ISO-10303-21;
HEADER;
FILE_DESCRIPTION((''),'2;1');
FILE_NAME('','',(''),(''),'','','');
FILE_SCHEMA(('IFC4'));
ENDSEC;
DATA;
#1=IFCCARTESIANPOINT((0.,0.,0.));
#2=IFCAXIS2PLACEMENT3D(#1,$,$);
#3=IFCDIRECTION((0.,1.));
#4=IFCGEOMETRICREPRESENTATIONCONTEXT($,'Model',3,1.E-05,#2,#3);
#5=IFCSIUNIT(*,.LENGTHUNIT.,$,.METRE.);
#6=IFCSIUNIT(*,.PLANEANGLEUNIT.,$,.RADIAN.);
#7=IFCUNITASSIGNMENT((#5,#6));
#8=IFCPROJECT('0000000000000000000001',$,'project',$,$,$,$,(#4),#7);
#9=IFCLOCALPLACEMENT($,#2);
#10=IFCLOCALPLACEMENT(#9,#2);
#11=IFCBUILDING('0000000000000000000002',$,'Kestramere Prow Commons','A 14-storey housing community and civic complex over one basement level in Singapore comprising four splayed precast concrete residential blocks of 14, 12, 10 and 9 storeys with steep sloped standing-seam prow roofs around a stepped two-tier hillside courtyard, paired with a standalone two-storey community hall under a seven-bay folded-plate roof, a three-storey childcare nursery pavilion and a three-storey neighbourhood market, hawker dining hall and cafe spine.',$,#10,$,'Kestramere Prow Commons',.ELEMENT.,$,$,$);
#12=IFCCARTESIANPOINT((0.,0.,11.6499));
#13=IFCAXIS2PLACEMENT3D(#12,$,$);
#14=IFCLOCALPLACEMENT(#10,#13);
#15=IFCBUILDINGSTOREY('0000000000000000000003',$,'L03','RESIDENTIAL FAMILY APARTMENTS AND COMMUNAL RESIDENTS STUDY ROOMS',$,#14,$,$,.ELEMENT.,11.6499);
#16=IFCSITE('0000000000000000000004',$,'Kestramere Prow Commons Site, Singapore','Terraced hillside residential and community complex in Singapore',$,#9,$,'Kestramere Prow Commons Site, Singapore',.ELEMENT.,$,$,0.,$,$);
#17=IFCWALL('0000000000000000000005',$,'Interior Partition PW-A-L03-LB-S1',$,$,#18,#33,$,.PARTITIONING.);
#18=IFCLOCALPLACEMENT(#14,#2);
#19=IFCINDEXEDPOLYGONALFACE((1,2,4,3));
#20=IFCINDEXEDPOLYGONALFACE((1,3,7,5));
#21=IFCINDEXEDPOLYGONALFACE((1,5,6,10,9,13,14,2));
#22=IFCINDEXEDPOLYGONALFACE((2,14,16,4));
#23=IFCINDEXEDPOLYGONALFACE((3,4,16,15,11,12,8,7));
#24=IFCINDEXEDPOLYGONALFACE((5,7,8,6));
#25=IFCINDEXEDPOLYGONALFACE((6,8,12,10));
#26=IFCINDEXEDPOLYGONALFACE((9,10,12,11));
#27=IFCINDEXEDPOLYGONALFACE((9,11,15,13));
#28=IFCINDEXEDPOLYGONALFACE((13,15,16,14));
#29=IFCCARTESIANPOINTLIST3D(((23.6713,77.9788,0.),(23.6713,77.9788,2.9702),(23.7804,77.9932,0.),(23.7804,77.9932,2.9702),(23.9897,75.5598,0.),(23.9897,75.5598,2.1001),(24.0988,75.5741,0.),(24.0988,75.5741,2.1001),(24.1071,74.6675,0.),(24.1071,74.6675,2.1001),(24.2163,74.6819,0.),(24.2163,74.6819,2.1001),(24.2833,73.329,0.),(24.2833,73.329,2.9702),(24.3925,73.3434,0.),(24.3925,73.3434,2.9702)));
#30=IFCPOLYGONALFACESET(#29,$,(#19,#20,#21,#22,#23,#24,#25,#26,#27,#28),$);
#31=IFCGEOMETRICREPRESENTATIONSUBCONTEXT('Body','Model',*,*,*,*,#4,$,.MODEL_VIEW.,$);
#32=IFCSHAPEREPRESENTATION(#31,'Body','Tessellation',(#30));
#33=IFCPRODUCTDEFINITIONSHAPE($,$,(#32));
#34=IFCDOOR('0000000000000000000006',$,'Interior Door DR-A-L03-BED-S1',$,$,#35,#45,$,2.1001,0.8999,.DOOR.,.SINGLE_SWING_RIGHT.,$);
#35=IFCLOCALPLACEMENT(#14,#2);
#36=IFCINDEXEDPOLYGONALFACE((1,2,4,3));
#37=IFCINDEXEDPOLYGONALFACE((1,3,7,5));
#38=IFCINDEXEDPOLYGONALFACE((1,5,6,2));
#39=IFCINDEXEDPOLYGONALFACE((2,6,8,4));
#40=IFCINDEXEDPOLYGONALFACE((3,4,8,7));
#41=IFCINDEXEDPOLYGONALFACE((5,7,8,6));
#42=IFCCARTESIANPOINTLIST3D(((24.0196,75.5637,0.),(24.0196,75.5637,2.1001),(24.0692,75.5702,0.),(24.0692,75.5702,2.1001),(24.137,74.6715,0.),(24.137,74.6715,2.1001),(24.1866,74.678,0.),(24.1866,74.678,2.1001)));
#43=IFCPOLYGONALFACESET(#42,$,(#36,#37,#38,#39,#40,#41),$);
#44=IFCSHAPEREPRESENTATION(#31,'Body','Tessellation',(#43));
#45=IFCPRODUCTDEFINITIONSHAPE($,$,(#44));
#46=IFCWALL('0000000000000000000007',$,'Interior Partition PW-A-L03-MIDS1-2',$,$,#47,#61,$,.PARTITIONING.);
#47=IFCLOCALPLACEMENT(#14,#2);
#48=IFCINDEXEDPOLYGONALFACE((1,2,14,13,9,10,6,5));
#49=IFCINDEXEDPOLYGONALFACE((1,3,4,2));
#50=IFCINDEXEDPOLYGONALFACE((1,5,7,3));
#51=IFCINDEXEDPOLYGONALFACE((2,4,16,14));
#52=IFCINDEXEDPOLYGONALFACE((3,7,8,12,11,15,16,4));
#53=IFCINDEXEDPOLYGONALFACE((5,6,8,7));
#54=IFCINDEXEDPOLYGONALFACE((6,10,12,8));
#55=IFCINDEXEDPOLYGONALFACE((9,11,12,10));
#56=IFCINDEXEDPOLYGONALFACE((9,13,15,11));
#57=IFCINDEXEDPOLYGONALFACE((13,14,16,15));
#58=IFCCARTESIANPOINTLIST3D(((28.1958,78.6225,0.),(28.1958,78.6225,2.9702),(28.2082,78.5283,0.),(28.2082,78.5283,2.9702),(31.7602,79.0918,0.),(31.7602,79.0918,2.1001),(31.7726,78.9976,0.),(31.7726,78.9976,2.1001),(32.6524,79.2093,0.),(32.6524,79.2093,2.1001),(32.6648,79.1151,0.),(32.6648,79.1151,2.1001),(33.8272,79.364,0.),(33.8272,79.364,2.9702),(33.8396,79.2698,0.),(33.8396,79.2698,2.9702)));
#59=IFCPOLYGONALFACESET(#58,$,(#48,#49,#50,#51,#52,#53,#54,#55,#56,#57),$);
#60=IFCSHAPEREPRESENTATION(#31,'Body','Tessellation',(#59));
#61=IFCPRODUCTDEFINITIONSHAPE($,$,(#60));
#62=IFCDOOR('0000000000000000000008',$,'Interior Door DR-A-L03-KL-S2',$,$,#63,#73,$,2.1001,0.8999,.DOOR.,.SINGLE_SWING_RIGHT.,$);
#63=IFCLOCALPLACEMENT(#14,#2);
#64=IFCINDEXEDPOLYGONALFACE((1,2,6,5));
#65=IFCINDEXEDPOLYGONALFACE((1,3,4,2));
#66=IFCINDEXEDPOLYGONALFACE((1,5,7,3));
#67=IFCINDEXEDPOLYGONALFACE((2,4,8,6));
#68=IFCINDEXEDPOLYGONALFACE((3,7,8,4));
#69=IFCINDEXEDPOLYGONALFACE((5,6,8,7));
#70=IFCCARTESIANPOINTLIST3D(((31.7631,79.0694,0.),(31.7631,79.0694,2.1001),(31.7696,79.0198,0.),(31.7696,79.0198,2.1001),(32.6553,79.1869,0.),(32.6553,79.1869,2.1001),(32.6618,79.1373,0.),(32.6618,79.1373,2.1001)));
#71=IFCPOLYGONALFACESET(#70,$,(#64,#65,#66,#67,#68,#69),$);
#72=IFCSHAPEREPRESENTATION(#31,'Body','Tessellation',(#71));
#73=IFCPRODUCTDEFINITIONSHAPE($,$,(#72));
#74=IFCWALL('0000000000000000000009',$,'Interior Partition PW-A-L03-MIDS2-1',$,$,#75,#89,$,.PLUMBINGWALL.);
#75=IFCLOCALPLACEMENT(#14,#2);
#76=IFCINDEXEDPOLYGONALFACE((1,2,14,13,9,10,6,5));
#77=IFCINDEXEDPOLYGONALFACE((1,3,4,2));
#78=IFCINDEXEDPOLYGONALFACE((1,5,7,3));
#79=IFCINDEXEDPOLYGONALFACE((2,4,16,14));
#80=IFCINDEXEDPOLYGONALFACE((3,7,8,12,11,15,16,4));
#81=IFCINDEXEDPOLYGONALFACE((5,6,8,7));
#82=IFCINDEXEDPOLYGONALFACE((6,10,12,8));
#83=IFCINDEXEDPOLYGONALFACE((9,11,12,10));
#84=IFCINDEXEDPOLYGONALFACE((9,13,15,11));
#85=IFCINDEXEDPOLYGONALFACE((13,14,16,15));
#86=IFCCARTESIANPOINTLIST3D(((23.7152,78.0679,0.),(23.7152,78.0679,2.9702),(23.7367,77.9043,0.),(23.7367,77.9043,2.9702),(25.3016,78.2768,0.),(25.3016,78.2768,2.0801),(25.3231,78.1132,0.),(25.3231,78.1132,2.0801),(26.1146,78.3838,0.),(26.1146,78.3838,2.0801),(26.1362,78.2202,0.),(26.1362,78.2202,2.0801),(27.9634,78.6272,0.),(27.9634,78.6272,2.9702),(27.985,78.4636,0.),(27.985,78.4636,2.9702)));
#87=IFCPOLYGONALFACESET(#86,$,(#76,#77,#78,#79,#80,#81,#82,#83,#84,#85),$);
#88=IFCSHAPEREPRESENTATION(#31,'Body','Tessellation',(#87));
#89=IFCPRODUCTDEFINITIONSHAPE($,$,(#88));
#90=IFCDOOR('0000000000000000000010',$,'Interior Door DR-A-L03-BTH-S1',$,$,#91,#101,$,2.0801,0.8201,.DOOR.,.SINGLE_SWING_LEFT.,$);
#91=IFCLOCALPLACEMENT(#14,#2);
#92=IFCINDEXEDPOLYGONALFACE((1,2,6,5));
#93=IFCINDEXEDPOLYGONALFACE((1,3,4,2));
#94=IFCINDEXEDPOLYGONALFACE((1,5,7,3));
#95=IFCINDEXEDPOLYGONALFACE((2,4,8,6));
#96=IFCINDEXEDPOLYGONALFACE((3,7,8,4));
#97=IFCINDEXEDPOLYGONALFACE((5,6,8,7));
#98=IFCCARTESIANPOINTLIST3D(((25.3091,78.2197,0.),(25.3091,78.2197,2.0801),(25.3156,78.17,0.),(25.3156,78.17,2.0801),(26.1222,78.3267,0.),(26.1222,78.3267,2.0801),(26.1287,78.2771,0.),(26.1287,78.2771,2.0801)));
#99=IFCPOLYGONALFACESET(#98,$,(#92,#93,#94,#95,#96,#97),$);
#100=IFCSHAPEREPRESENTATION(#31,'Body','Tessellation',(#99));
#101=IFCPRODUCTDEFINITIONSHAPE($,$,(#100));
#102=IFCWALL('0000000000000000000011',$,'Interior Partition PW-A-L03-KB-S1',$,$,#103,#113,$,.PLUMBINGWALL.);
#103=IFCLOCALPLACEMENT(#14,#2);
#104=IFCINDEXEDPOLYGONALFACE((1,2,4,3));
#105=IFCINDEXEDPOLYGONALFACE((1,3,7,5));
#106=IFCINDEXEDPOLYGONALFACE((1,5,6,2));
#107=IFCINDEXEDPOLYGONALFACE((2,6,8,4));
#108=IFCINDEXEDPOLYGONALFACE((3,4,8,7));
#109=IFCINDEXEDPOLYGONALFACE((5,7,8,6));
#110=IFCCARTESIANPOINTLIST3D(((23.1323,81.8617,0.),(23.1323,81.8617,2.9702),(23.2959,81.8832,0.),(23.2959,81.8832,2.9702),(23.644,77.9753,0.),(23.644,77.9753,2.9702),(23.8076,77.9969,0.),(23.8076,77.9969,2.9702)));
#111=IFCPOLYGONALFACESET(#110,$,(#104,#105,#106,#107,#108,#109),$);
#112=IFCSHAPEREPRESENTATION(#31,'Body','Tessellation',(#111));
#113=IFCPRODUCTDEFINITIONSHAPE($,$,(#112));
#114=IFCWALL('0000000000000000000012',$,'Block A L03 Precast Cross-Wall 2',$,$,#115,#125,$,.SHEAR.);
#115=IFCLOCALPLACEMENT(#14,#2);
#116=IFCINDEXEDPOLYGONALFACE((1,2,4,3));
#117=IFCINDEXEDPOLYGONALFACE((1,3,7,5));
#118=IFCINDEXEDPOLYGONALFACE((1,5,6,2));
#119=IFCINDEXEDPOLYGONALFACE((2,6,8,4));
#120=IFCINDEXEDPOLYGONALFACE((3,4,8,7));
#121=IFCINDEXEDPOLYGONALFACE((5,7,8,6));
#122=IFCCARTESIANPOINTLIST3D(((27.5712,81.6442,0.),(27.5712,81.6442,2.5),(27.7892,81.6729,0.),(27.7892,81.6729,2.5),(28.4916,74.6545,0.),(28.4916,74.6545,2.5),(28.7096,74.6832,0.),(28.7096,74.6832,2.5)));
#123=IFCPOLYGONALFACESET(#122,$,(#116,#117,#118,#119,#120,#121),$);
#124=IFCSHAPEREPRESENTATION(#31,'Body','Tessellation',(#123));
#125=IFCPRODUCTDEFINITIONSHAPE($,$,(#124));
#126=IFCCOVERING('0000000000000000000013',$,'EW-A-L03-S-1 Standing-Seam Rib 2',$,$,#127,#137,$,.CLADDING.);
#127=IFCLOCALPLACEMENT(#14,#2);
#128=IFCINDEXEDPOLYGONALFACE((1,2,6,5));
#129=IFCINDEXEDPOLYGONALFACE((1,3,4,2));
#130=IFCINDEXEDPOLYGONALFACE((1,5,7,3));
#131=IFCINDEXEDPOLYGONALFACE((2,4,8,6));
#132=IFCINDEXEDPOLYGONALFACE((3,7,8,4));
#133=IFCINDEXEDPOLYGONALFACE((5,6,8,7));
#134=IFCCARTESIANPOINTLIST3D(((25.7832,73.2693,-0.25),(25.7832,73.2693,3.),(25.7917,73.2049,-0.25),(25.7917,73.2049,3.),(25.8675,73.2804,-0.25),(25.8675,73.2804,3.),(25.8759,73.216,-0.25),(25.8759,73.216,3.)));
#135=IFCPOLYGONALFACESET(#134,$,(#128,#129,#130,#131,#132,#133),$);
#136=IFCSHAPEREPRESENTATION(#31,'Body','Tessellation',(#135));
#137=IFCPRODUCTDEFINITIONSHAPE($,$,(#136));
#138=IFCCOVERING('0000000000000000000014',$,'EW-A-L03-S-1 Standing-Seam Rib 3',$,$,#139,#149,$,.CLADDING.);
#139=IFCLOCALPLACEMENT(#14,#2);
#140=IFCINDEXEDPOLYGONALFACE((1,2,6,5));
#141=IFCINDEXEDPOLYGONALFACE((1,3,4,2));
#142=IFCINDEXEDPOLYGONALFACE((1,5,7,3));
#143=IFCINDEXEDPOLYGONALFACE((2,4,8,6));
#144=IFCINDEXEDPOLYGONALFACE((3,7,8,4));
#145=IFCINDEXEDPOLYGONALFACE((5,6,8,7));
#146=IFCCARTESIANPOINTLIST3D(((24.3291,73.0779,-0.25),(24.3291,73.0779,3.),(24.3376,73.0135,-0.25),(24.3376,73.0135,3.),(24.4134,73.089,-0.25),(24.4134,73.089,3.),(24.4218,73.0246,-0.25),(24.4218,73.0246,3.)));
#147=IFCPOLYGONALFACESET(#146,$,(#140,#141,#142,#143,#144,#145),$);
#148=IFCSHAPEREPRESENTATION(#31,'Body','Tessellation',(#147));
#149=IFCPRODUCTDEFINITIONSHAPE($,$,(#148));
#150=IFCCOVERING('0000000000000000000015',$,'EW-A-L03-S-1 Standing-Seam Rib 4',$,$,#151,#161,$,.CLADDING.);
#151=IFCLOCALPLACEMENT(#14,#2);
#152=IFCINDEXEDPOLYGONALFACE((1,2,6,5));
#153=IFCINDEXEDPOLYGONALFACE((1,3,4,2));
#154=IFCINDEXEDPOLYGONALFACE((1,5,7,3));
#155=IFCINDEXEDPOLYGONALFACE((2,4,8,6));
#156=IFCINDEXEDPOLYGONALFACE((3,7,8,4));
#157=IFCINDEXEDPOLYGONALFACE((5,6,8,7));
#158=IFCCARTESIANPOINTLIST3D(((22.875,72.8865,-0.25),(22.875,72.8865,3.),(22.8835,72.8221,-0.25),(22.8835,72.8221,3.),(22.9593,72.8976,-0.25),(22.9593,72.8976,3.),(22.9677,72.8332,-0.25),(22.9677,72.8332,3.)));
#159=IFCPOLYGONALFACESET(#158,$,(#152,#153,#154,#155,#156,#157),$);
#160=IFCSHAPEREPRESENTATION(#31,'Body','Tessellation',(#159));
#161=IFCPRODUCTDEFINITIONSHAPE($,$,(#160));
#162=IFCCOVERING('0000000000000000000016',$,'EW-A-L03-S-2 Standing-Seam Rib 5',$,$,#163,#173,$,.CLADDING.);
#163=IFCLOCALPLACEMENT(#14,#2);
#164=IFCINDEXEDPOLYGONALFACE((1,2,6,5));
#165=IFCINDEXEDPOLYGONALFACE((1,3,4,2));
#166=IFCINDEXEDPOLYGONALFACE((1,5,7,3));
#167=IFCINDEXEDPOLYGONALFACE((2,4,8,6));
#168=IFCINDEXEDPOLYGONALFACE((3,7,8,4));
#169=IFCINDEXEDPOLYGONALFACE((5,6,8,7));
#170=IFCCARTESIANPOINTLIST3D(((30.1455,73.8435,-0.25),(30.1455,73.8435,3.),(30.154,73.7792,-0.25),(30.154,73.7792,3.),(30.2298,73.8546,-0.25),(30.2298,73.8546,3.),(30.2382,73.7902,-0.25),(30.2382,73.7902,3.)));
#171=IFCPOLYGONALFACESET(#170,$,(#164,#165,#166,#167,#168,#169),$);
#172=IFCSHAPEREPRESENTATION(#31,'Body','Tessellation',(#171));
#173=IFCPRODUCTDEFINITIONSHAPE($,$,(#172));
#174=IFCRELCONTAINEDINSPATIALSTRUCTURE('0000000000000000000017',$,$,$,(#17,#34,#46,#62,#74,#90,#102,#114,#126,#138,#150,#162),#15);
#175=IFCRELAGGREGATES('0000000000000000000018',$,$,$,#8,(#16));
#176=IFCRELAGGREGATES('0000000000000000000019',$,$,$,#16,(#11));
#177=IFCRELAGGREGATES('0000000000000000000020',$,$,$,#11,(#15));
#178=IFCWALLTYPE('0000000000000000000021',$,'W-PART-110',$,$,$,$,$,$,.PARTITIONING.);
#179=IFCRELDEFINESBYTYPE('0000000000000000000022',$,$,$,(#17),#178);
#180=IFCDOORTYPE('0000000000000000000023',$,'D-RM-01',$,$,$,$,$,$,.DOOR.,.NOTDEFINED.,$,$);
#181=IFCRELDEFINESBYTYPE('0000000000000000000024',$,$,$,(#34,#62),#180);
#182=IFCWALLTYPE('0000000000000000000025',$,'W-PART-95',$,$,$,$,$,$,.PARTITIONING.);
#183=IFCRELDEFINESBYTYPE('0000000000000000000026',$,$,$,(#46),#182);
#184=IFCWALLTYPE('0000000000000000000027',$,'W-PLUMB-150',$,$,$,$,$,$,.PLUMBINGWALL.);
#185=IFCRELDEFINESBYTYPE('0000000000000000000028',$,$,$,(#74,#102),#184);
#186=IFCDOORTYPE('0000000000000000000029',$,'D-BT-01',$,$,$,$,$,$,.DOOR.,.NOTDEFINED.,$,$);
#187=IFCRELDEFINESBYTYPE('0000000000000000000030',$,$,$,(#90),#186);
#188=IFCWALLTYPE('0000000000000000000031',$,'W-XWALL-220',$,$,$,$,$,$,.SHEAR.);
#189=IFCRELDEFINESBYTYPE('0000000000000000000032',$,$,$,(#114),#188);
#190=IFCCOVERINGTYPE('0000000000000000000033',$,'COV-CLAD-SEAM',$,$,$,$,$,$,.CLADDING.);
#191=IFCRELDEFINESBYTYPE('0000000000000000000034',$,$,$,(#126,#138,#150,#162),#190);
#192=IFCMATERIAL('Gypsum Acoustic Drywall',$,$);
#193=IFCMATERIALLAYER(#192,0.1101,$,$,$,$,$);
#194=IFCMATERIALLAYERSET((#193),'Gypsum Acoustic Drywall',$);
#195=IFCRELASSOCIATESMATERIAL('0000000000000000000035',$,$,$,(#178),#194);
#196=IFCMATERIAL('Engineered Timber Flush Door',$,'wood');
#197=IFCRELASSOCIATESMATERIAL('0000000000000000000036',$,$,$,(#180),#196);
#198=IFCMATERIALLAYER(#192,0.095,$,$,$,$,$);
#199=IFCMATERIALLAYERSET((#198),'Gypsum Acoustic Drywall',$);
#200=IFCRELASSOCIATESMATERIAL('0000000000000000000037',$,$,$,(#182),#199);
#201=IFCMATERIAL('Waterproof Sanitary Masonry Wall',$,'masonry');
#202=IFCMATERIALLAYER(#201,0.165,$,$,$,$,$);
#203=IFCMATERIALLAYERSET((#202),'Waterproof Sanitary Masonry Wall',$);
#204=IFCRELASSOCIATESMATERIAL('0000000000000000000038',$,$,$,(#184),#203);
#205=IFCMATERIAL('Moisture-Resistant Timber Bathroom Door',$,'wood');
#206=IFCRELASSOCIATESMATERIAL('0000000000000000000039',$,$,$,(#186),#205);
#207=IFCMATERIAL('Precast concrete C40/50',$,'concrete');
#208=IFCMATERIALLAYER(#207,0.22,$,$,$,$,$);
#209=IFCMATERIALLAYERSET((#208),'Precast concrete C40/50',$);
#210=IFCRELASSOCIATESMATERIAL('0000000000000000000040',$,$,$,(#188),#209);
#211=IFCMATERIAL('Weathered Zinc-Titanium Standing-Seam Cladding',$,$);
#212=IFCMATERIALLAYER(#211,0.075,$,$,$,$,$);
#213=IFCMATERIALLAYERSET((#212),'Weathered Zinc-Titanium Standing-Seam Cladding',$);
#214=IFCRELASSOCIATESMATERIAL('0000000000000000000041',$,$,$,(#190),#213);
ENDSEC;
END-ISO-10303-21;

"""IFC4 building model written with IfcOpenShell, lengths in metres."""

from ifc_helpers import new_model, si_unit, direction, frame, frame_2d, origin, origin_2d, place, context, subcontext, project, spatial, rectangle, extrude, material, layer, layer_set, type_object, element, fill, save


model = new_model("IFC4")

# Units and contexts
model_context = context("Model", 3, precision=1e-05, world=origin(), true_north=direction((0.0, 1.0)))
body_context = subcontext(model_context, "Body", "Model", "MODEL_VIEW")
ifc_project = project(units=[si_unit("LENGTHUNIT", "METRE"), si_unit("PLANEANGLEUNIT", "RADIAN")], contexts=[model_context])

# Site, building, storey
site_placement = place(None, origin())
site = spatial("IfcSite", under=ifc_project, at=site_placement, Name="Kestramere Prow Commons Site, Singapore", Description="Terraced hillside residential and community complex in Singapore", LongName="Kestramere Prow Commons Site, Singapore", CompositionType="ELEMENT", RefElevation=0.0)
building_placement = place(site_placement, origin())
building = spatial("IfcBuilding", under=site, at=building_placement, Name="Kestramere Prow Commons", Description="A 14-storey housing community and civic complex over one basement level in Singapore comprising four splayed precast concrete residential blocks of 14, 12, 10 and 9 storeys with steep sloped standing-seam prow roofs around a stepped two-tier hillside courtyard, paired with a standalone two-storey community hall under a seven-bay folded-plate roof, a three-storey childcare nursery pavilion and a three-storey neighbourhood market, hawker dining hall and cafe spine.", LongName="Kestramere Prow Commons", CompositionType="ELEMENT")
storey_placement = place(building_placement, frame((0.0, 0.0, 11.6499)))
storey = spatial("IfcBuildingStorey", under=building, at=storey_placement, Name="L03", Description="RESIDENTIAL FAMILY APARTMENTS AND COMMUNAL RESIDENTS STUDY ROOMS", CompositionType="ELEMENT", Elevation=11.6499)

# Shared definitions
ifc_material_1 = material(Name="Precast concrete C40/50", Category="concrete")

# Walls, openings, doors
ifc_material_2 = material(Name="Gypsum Acoustic Drywall")
ifc_layer_1 = layer(ifc_material_2, 0.1101)
ifc_layer_set_1 = layer_set([ifc_layer_1], Name="Gypsum Acoustic Drywall")
wall_type_1 = type_object("IfcWallType", Name="W-PART-110", PredefinedType="PARTITIONING", material=ifc_layer_set_1)
wall_1_placement = place(storey_placement, frame((24.3379, 73.3362, 0.0), z_axis=(0.0, 0.0, 1.0), x_axis=(-0.130503, 0.991448, 0.0)))
wall_1 = element("IfcWall", 1, at=wall_1_placement, inside=storey, type_object=wall_type_1, Name="Interior Partition PW-A-L03-LB-S1", PredefinedType="PARTITIONING", context=body_context, shape_type="SweptSolid", body=[
    extrude(rectangle(XDim=4.6899, YDim=0.1101, at=frame_2d((2.345, 0.0))), origin(), (0.0, 0.0, 1.0), 2.9702),
])
opening_1_placement = place(wall_1_placement, frame((1.3501, 0.0, 0.0)))
opening_1 = element("IfcOpeningElement", 2, at=opening_1_placement, cuts=wall_1, PredefinedType="OPENING", context=body_context, shape_type="SweptSolid", body=[
    extrude(rectangle(XDim=0.8999, YDim=2.1001, at=frame_2d((0.45, 1.05))), frame((0.0, 0.0701, 0.0), z_axis=(0.0, -1.0, 0.0), x_axis=(1.0, 0.0, 0.0)), (0.0, 0.0, 1.0), 0.1401),
])
ifc_material_3 = material(Name="Engineered Timber Flush Door", Category="wood")
door_type_1 = type_object("IfcDoorType", Name="D-RM-01", OperationType="NOTDEFINED", PredefinedType="DOOR", material=ifc_material_3)
door_1_placement = place(opening_1_placement, origin())
door_1 = element("IfcDoor", 3, at=door_1_placement, inside=storey, type_object=door_type_1, Name="Interior Door DR-A-L03-BED-S1", OperationType="SINGLE_SWING_RIGHT", OverallHeight=2.1001, OverallWidth=0.8999, PredefinedType="DOOR", context=body_context, shape_type="SweptSolid", body=[
    extrude(rectangle(XDim=0.8999, YDim=2.1001, at=frame_2d((0.45, 1.05))), frame((0.0, 0.0249, 0.0), z_axis=(0.0, -1.0, 0.0), x_axis=(1.0, 0.0, 0.0)), (0.0, 0.0, 1.0), 0.05),
])
fill(opening_1, door_1)
ifc_layer_2 = layer(ifc_material_2, 0.095)
ifc_layer_set_2 = layer_set([ifc_layer_2], Name="Gypsum Acoustic Drywall")
wall_type_2 = type_object("IfcWallType", Name="W-PART-95", PredefinedType="PARTITIONING", material=ifc_layer_set_2)
wall_2_placement = place(storey_placement, frame((28.2021, 78.5754, 0.0), z_axis=(0.0, 0.0, 1.0), x_axis=(0.991443, 0.130539, 0.0)))
wall_2 = element("IfcWall", 4, at=wall_2_placement, inside=storey, type_object=wall_type_2, Name="Interior Partition PW-A-L03-MIDS1-2", PredefinedType="PARTITIONING", context=body_context, shape_type="SweptSolid", body=[
    extrude(rectangle(XDim=5.6799, YDim=0.095, at=frame_2d((2.8398, 0.0))), origin(), (0.0, 0.0, 1.0), 2.9702),
])
opening_2_placement = place(wall_2_placement, frame((3.595, 0.0, 0.0)))
opening_2 = element("IfcOpeningElement", 5, at=opening_2_placement, cuts=wall_2, PredefinedType="OPENING", context=body_context, shape_type="SweptSolid", body=[
    extrude(rectangle(XDim=0.8999, YDim=2.1001, at=frame_2d((0.45, 1.05))), frame((0.0, 0.0625, 0.0), z_axis=(0.0, -1.0, 0.0), x_axis=(1.0, 0.0, 0.0)), (0.0, 0.0, 1.0), 0.125),
])
door_2_placement = place(opening_2_placement, origin())
door_2 = element("IfcDoor", 6, at=door_2_placement, inside=storey, type_object=door_type_1, Name="Interior Door DR-A-L03-KL-S2", OperationType="SINGLE_SWING_RIGHT", OverallHeight=2.1001, OverallWidth=0.8999, PredefinedType="DOOR", context=body_context, shape_type="SweptSolid", body=[
    extrude(rectangle(XDim=0.8999, YDim=2.1001, at=frame_2d((0.45, 1.05))), frame((0.0, 0.0249, 0.0), z_axis=(0.0, -1.0, 0.0), x_axis=(1.0, 0.0, 0.0)), (0.0, 0.0, 1.0), 0.05),
])
fill(opening_2, door_2)
ifc_material_4 = material(Name="Waterproof Sanitary Masonry Wall", Category="masonry")
ifc_layer_3 = layer(ifc_material_4, 0.165)
ifc_layer_set_3 = layer_set([ifc_layer_3], Name="Waterproof Sanitary Masonry Wall")
wall_type_3 = type_object("IfcWallType", Name="W-PLUMB-150", PredefinedType="PLUMBINGWALL", material=ifc_layer_set_3)
wall_3_placement = place(storey_placement, frame((23.7258, 77.9861, 0.0), z_axis=(0.0, 0.0, 1.0), x_axis=(0.991444, 0.130533, 0.0)))
wall_3 = element("IfcWall", 7, at=wall_3_placement, inside=storey, type_object=wall_type_3, Name="Interior Partition PW-A-L03-MIDS2-1", PredefinedType="PLUMBINGWALL", context=body_context, shape_type="SweptSolid", body=[
    extrude(rectangle(XDim=4.2849, YDim=0.165, at=frame_2d((2.1426, 0.0))), origin(), (0.0, 0.0, 1.0), 2.9702),
])
opening_3_placement = place(wall_3_placement, frame((1.6001, 0.0, 0.0)))
opening_3 = element("IfcOpeningElement", 8, at=opening_3_placement, cuts=wall_3, PredefinedType="OPENING", context=body_context, shape_type="SweptSolid", body=[
    extrude(rectangle(XDim=0.8201, YDim=2.0801, at=frame_2d((0.4102, 1.04))), frame((0.0, 0.0974, 0.0), z_axis=(0.0, -1.0, 0.0), x_axis=(1.0, 0.0, 0.0)), (0.0, 0.0, 1.0), 0.1951),
])
ifc_material_5 = material(Name="Moisture-Resistant Timber Bathroom Door", Category="wood")
door_type_2 = type_object("IfcDoorType", Name="D-BT-01", OperationType="NOTDEFINED", PredefinedType="DOOR", material=ifc_material_5)
door_3_placement = place(opening_3_placement, origin())
door_3 = element("IfcDoor", 9, at=door_3_placement, inside=storey, type_object=door_type_2, Name="Interior Door DR-A-L03-BTH-S1", OperationType="SINGLE_SWING_LEFT", OverallHeight=2.0801, OverallWidth=0.8201, PredefinedType="DOOR", context=body_context, shape_type="SweptSolid", body=[
    extrude(rectangle(XDim=0.8201, YDim=2.0801, at=frame_2d((0.4102, 1.04))), frame((0.0, 0.0249, 0.0), z_axis=(0.0, -1.0, 0.0), x_axis=(1.0, 0.0, 0.0)), (0.0, 0.0, 1.0), 0.05),
])
fill(opening_3, door_3)

# Walls
wall_4_placement = place(storey_placement, frame((23.7258, 77.9861, 0.0), z_axis=(0.0, 0.0, 1.0), x_axis=(-0.13054, 0.991443, 0.0)))
element("IfcWall", 10, at=wall_4_placement, inside=storey, type_object=wall_type_3, Name="Interior Partition PW-A-L03-KB-S1", PredefinedType="PLUMBINGWALL", context=body_context, shape_type="SweptSolid", body=[
    extrude(rectangle(XDim=3.9199, YDim=0.165, at=frame_2d((1.96, 0.0))), origin(), (0.0, 0.0, 1.0), 2.9702),
])
ifc_layer_4 = layer(ifc_material_1, 0.22)
ifc_layer_set_4 = layer_set([ifc_layer_4], Name="Precast concrete C40/50")
wall_type_4 = type_object("IfcWallType", Name="W-XWALL-220", PredefinedType="SHEAR", material=ifc_layer_set_4)
wall_5_placement = place(storey_placement, frame((28.6006, 74.6689, 0.0), z_axis=(0.0, 0.0, 1.0), x_axis=(-0.130553, 0.991441, 0.0)))
element("IfcWall", 11, at=wall_5_placement, inside=storey, type_object=wall_type_4, Name="Block A L03 Precast Cross-Wall 2", PredefinedType="SHEAR", context=body_context, shape_type="SweptSolid", body=[
    extrude(rectangle(XDim=7.05, YDim=0.22, at=frame_2d((3.5249, 0.0))), origin(), (0.0, 0.0, 1.0), 2.5),
])

# Coverings
ifc_material_6 = material(Name="Weathered Zinc-Titanium Standing-Seam Cladding")
ifc_layer_5 = layer(ifc_material_6, 0.075)
ifc_layer_set_5 = layer_set([ifc_layer_5], Name="Weathered Zinc-Titanium Standing-Seam Cladding")
covering_type = type_object("IfcCoveringType", Name="COV-CLAD-SEAM", PredefinedType="CLADDING", material=ifc_layer_set_5)
for number, where, z_axis, x_axis, name in (
    (12, (25.8296, 73.2427, -0.25), (0.0, 0.0, 1.0), (-0.991445, -0.130526, 0.0), "EW-A-L03-S-1 Standing-Seam Rib 2"),
    (13, (24.3755, 73.0513, -0.25), (0.0, 0.0, 1.0), (-0.991445, -0.130526, 0.0), "EW-A-L03-S-1 Standing-Seam Rib 3"),
    (14, (22.9214, 72.8599, -0.25), (0.0, 0.0, 1.0), (-0.991445, -0.130526, 0.0), "EW-A-L03-S-1 Standing-Seam Rib 4"),
    (15, (30.1919, 73.8169, -0.25), (0.0, 0.0, 1.0), (-0.991445, -0.130526, 0.0), "EW-A-L03-S-2 Standing-Seam Rib 5"),
):
    element("IfcCovering", number, at=place(storey_placement, frame(where, z_axis=z_axis, x_axis=x_axis)), inside=storey, type_object=covering_type, Name=name, PredefinedType="CLADDING", context=body_context, shape_type="SweptSolid", body=[
        extrude(rectangle(XDim=0.085, YDim=0.0649, at=origin_2d()), origin(), (0.0, 0.0, 1.0), 3.25),
    ])

save(model, "model.ifc")
